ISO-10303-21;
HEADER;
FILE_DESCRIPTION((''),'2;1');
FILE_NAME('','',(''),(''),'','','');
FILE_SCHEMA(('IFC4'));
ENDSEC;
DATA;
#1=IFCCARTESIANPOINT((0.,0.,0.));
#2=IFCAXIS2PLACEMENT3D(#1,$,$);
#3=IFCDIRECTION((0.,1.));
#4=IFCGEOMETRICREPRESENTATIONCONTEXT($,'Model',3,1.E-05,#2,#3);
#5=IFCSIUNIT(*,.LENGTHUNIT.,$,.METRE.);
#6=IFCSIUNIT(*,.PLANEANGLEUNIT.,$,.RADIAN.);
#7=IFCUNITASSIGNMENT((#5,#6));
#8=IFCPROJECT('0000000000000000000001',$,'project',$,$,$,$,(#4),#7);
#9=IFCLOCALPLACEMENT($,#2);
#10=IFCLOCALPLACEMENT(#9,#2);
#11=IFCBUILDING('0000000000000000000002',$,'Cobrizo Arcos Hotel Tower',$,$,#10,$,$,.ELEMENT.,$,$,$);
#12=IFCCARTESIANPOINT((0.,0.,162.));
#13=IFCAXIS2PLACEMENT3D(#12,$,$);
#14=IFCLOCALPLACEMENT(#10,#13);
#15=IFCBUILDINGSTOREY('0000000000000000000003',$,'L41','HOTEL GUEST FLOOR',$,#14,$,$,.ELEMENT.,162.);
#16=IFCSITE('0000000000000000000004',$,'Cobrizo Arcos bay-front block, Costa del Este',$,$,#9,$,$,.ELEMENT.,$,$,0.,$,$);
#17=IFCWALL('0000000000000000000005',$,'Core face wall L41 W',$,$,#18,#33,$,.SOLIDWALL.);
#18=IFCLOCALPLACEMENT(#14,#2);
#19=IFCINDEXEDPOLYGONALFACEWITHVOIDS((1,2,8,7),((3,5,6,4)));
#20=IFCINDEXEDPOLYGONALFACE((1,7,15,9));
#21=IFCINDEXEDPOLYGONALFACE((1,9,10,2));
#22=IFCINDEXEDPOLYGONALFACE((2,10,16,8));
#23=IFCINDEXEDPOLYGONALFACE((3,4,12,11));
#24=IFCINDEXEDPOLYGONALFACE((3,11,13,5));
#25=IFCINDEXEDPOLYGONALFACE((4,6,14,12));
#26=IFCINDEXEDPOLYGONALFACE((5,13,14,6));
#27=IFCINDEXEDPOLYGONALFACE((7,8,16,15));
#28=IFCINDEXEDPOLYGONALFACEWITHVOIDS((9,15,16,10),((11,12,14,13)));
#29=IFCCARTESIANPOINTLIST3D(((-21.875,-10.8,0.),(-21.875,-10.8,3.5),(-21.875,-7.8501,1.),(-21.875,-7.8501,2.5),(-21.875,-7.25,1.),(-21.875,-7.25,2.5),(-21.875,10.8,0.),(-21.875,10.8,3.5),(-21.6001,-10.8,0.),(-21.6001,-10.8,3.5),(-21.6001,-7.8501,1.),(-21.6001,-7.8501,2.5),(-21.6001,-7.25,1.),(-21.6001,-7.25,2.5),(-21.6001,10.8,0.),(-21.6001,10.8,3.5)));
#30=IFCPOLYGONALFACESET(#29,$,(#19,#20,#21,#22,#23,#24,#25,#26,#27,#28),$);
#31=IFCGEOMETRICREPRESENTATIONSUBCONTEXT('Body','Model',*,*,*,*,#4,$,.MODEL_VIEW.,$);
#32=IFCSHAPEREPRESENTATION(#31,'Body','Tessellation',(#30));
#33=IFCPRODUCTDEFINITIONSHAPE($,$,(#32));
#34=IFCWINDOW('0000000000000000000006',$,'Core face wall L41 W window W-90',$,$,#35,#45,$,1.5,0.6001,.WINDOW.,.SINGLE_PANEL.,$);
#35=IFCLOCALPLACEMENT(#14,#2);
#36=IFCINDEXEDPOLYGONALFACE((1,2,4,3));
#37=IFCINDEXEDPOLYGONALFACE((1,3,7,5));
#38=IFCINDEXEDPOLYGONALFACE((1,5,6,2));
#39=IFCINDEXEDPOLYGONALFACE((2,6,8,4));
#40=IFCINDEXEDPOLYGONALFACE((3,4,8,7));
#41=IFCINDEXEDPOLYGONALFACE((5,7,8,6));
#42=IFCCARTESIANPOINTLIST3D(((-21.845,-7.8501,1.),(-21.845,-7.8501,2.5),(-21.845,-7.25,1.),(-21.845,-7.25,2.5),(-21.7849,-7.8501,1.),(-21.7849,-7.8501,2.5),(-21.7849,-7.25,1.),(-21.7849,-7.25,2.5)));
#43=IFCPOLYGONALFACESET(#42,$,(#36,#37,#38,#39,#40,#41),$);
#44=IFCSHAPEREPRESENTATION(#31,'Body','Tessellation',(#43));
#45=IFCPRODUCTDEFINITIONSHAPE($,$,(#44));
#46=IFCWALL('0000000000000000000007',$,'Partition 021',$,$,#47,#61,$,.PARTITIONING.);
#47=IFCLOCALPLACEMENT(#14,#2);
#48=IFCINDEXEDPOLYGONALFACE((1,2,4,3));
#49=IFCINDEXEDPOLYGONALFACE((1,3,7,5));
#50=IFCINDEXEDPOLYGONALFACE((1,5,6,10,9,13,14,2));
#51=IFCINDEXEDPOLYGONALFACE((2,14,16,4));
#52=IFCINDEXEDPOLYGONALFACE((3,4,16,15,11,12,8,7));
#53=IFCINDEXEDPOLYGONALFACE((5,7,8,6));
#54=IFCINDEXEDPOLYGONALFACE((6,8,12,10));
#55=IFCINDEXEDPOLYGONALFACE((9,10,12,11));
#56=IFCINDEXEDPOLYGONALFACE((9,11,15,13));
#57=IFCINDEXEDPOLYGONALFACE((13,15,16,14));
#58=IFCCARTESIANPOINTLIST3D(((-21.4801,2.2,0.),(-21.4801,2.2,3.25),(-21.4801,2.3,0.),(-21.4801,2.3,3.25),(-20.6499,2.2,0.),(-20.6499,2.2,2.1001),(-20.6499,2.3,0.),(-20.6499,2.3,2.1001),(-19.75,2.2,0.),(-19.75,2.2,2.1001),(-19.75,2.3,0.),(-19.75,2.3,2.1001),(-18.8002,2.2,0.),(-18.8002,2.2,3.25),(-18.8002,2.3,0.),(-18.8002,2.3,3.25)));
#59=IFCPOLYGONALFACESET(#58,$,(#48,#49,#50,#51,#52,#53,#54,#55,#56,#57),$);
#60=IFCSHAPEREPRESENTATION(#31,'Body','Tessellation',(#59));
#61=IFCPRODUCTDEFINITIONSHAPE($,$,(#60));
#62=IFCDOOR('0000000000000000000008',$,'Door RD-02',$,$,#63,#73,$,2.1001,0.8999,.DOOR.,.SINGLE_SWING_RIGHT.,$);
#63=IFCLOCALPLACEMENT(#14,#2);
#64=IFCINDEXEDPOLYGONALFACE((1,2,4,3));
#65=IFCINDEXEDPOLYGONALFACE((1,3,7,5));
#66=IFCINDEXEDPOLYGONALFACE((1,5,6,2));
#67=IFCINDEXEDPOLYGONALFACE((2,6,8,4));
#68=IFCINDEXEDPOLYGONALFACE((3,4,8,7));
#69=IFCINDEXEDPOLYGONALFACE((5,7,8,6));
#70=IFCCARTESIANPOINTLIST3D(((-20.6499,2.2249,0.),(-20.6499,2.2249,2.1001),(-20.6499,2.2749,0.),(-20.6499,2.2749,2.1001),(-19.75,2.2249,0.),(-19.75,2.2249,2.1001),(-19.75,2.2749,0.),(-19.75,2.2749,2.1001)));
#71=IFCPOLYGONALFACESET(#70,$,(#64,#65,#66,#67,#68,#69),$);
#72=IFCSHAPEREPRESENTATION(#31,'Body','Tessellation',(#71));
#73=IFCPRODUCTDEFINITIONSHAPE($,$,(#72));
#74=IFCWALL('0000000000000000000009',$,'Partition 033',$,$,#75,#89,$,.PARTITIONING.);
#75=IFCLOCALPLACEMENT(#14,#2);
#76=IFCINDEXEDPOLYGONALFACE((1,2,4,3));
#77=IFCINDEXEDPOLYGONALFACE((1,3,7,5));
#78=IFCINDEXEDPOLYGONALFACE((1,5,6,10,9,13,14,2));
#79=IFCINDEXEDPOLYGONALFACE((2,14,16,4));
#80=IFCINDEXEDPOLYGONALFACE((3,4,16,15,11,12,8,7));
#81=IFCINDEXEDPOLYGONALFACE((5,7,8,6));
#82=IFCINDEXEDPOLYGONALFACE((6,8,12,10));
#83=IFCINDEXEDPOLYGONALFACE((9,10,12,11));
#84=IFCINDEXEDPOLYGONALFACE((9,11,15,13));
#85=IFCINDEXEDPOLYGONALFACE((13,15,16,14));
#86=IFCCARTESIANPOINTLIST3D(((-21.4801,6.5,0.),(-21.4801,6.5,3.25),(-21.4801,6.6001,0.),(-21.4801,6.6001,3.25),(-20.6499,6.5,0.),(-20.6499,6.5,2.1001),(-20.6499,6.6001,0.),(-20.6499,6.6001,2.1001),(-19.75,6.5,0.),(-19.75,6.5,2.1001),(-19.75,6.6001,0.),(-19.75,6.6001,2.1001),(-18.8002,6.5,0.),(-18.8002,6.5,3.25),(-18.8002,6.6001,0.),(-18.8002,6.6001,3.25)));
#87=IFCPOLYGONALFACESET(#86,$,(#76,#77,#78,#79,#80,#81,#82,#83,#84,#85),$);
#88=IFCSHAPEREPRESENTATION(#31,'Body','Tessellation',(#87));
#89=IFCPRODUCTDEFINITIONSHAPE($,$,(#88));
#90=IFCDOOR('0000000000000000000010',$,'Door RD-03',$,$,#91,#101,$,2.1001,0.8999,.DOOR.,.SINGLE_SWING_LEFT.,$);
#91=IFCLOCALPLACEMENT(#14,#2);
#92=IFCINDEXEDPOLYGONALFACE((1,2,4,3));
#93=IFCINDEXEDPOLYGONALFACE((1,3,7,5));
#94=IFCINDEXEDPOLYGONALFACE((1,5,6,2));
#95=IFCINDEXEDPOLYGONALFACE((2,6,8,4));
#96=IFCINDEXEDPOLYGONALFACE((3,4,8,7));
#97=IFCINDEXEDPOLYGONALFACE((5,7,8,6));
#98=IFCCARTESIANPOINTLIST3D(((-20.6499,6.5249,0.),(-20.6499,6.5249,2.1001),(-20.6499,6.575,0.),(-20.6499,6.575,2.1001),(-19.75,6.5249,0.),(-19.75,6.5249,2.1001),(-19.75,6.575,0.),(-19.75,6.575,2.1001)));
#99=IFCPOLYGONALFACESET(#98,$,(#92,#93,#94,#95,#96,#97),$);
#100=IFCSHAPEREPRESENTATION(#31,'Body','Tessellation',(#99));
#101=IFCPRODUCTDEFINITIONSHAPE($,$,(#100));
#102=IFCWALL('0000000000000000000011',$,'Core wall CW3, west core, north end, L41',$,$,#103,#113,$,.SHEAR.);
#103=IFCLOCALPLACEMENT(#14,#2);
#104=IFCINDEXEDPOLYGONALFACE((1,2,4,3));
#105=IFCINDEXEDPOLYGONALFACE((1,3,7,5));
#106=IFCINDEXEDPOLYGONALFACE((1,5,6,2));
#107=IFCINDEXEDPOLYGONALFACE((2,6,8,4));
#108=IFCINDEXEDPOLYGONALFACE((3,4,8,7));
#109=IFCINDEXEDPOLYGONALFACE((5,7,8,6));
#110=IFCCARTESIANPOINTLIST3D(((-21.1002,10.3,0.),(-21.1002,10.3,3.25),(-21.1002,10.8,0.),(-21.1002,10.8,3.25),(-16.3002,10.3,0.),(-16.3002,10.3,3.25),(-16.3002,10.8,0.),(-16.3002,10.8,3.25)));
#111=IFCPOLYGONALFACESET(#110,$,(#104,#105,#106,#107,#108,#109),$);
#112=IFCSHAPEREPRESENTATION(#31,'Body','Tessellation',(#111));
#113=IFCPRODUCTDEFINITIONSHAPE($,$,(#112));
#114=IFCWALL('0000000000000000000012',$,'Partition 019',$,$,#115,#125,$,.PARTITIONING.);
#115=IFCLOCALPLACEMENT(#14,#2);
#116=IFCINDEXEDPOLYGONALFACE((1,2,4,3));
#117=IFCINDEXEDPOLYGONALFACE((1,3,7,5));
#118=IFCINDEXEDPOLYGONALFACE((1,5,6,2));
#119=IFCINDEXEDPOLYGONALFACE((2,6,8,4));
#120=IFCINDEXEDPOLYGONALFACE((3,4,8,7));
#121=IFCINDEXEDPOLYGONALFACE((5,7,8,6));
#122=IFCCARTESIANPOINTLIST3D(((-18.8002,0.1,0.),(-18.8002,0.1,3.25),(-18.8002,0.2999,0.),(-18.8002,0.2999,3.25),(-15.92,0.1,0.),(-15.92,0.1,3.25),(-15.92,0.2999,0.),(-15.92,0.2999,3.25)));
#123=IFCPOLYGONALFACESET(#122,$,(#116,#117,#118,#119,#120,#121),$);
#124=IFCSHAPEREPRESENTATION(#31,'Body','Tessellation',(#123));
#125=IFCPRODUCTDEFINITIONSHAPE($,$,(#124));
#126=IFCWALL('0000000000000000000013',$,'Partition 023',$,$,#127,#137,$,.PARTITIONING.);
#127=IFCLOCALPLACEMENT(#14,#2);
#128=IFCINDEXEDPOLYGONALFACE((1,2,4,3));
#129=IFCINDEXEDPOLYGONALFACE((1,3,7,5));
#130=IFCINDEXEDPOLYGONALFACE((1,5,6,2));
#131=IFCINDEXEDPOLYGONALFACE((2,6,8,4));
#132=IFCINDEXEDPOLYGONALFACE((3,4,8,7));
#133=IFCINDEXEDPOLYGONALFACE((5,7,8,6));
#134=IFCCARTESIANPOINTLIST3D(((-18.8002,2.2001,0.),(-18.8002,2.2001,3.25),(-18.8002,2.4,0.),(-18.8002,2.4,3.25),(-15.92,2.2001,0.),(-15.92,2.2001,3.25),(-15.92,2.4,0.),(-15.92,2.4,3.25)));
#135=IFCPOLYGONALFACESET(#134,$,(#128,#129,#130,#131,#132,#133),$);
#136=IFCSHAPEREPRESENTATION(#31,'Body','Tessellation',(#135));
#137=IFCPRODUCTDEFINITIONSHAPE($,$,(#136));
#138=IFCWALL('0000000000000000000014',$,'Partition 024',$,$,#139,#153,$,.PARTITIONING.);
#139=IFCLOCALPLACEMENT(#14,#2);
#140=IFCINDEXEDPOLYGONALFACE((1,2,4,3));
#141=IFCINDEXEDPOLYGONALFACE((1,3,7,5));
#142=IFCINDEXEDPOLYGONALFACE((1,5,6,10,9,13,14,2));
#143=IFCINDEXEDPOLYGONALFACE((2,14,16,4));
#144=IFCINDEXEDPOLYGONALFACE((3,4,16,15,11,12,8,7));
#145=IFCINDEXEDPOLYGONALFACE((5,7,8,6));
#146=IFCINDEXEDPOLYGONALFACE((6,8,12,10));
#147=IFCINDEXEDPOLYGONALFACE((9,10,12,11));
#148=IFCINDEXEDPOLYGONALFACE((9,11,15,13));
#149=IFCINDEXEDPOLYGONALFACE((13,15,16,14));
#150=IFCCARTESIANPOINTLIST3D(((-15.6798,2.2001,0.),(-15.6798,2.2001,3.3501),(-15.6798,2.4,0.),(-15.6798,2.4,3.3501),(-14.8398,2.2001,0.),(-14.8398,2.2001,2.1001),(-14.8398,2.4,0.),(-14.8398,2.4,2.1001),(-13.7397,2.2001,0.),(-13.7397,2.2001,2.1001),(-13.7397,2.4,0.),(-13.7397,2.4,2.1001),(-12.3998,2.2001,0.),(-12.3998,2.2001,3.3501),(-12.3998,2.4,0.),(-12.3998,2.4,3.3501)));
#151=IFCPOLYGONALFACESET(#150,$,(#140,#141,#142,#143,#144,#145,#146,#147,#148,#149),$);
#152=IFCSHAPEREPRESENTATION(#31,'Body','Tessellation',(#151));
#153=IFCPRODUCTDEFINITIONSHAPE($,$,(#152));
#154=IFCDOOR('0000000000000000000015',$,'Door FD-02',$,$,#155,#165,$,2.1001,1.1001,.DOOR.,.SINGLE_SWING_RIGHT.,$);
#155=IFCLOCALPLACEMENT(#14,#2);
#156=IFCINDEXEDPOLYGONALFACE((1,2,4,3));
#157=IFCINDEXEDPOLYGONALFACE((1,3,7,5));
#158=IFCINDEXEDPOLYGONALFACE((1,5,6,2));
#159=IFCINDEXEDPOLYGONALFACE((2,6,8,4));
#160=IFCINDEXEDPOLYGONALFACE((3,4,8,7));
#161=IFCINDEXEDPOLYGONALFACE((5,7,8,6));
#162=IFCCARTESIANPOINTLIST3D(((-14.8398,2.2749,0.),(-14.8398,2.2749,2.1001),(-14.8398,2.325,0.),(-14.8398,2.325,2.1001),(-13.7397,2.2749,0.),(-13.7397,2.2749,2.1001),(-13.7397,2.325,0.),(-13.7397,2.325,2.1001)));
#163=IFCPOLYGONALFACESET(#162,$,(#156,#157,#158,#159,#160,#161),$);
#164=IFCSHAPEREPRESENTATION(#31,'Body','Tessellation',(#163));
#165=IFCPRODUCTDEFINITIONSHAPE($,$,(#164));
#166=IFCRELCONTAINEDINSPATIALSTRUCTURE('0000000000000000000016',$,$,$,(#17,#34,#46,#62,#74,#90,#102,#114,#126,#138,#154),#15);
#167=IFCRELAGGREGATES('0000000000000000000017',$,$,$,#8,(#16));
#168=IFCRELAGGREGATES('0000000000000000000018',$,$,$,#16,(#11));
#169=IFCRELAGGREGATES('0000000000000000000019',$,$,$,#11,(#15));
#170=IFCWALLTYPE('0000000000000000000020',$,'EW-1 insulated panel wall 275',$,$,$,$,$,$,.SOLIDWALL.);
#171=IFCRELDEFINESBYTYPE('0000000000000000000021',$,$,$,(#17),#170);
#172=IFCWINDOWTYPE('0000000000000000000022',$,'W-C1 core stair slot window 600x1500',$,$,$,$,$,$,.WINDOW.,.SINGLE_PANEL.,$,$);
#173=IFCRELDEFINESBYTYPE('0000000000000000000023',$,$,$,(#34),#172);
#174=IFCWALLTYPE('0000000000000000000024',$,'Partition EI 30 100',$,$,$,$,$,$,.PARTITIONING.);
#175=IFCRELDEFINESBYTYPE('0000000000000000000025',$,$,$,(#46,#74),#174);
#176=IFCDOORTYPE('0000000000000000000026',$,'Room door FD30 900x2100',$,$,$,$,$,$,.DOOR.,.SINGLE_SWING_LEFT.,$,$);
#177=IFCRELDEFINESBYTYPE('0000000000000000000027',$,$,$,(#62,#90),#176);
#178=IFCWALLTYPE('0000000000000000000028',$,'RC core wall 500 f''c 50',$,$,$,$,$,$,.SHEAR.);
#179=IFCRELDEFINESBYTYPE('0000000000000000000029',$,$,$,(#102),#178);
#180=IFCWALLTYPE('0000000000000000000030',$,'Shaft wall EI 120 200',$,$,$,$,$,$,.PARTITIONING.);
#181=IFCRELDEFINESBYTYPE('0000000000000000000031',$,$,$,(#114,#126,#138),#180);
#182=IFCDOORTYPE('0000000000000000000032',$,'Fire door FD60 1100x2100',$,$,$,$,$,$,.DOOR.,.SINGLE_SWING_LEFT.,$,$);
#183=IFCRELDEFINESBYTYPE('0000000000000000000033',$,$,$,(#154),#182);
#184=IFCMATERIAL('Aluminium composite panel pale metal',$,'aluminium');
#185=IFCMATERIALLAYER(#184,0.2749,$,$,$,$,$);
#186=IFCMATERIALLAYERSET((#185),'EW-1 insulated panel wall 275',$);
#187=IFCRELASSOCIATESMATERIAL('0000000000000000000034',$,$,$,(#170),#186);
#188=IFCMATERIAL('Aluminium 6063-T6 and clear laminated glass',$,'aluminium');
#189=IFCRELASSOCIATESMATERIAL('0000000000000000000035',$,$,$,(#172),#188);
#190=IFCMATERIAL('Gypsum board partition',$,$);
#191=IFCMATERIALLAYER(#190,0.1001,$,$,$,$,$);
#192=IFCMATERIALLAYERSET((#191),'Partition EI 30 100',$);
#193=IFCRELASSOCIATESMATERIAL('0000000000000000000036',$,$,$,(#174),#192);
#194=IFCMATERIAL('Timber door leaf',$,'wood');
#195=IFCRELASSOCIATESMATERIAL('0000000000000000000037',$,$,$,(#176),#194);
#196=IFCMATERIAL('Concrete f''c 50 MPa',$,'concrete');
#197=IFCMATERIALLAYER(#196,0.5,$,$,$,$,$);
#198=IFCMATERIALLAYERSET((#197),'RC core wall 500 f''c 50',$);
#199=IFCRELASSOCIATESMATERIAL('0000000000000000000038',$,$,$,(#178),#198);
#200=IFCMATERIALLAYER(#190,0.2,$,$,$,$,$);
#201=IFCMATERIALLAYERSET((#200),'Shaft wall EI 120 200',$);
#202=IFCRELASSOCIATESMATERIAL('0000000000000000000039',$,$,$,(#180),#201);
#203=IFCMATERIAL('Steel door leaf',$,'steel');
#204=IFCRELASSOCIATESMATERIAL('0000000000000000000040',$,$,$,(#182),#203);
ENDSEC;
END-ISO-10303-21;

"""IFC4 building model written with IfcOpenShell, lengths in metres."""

from ifc_helpers import new_model, si_unit, direction, frame, frame_2d, origin, place, context, subcontext, project, spatial, rectangle, extrude, material, layer, layer_set, type_object, element, fill, save


model = new_model("IFC4")

# Units and contexts
model_context = context("Model", 3, precision=1e-05, world=origin(), true_north=direction((0.0, 1.0)))
body_context = subcontext(model_context, "Body", "Model", "MODEL_VIEW")
ifc_project = project(units=[si_unit("LENGTHUNIT", "METRE"), si_unit("PLANEANGLEUNIT", "RADIAN")], contexts=[model_context])

# Site, building, storey
site_placement = place(None, origin())
site = spatial("IfcSite", under=ifc_project, at=site_placement, Name="Cobrizo Arcos bay-front block, Costa del Este", CompositionType="ELEMENT", RefElevation=0.0)
building_placement = place(site_placement, origin())
building = spatial("IfcBuilding", under=site, at=building_placement, Name="Cobrizo Arcos Hotel Tower", CompositionType="ELEMENT")
storey_placement = place(building_placement, frame((0.0, 0.0, 162.0)))
storey = spatial("IfcBuildingStorey", under=building, at=storey_placement, Name="L41", Description="HOTEL GUEST FLOOR", CompositionType="ELEMENT", Elevation=162.0)

# Shared definitions
ifc_material_1 = material(Name="Aluminium composite panel pale metal", Category="aluminium")

# Shared definitions
ifc_material_2 = material(Name="Gypsum board partition")
ifc_material_3 = material(Name="Timber door leaf", Category="wood")

# Wall, opening, window
ifc_layer_1 = layer(ifc_material_1, 0.2749)
ifc_layer_set_1 = layer_set([ifc_layer_1], Name="EW-1 insulated panel wall 275")
wall_type_1 = type_object("IfcWallType", Name="EW-1 insulated panel wall 275", PredefinedType="SOLIDWALL", material=ifc_layer_set_1)
wall_1_placement = place(storey_placement, frame((-21.7375, 10.8, 0.0), z_axis=(0.0, 0.0, 1.0), x_axis=(0.0, -1.0, 0.0)))
wall_1 = element("IfcWall", 1, at=wall_1_placement, inside=storey, type_object=wall_type_1, Name="Core face wall L41 W", PredefinedType="SOLIDWALL", context=body_context, shape_type="SweptSolid", body=[
    extrude(rectangle(XDim=21.6001, YDim=0.2749, at=frame_2d((10.8, 0.0))), origin(), (0.0, 0.0, 1.0), 3.5),
])
opening_1_placement = place(wall_1_placement, frame((18.05, 0.0, 1.0)))
opening_1 = element("IfcOpeningElement", 2, at=opening_1_placement, cuts=wall_1, PredefinedType="OPENING", context=body_context, shape_type="SweptSolid", body=[
    extrude(rectangle(XDim=0.6001, YDim=1.5, at=frame_2d((0.3, 0.75))), frame((0.0, 0.1494, 0.0), z_axis=(0.0, -1.0, 0.0), x_axis=(1.0, 0.0, 0.0)), (0.0, 0.0, 1.0), 0.2988),
])
ifc_material_4 = material(Name="Aluminium 6063-T6 and clear laminated glass", Category="aluminium")
window_type = type_object("IfcWindowType", Name="W-C1 core stair slot window 600x1500", PartitioningType="SINGLE_PANEL", PredefinedType="WINDOW", material=ifc_material_4)
window_placement = place(opening_1_placement, origin())
window = element("IfcWindow", 3, at=window_placement, inside=storey, type_object=window_type, Name="Core face wall L41 W window W-90", OverallHeight=1.5, OverallWidth=0.6001, PartitioningType="SINGLE_PANEL", PredefinedType="WINDOW", context=body_context, shape_type="SweptSolid", body=[
    extrude(rectangle(XDim=0.6001, YDim=1.5, at=frame_2d((0.3, 0.75))), frame((0.0, -0.0474, 0.0), z_axis=(0.0, -1.0, 0.0), x_axis=(1.0, 0.0, 0.0)), (0.0, 0.0, 1.0), 0.0601),
])
fill(opening_1, window)

# Walls, openings, doors
ifc_layer_2 = layer(ifc_material_2, 0.1001)
ifc_layer_set_2 = layer_set([ifc_layer_2], Name="Partition EI 30 100")
wall_type_2 = type_object("IfcWallType", Name="Partition EI 30 100", PredefinedType="PARTITIONING", material=ifc_layer_set_2)
wall_2_placement = place(storey_placement, frame((-21.48, 2.25, 0.0), z_axis=(0.0, 0.0, 1.0), x_axis=(1.0, 0.0, 0.0)))
wall_2 = element("IfcWall", 4, at=wall_2_placement, inside=storey, type_object=wall_type_2, Name="Partition 021", PredefinedType="PARTITIONING", context=body_context, shape_type="SweptSolid", body=[
    extrude(rectangle(XDim=2.6799, YDim=0.1001, at=frame_2d((1.3398, 0.0))), origin(), (0.0, 0.0, 1.0), 3.25),
])
opening_2_placement = place(wall_2_placement, frame((0.8301, 0.0, 0.0)))
opening_2 = element("IfcOpeningElement", 5, at=opening_2_placement, cuts=wall_2, PredefinedType="OPENING", context=body_context, shape_type="SweptSolid", body=[
    extrude(rectangle(XDim=0.8999, YDim=2.1001, at=frame_2d((0.45, 1.05))), frame((0.0, 0.062, 0.0), z_axis=(0.0, -1.0, 0.0), x_axis=(1.0, 0.0, 0.0)), (0.0, 0.0, 1.0), 0.124),
])
door_type_1 = type_object("IfcDoorType", Name="Room door FD30 900x2100", OperationType="SINGLE_SWING_LEFT", PredefinedType="DOOR", material=ifc_material_3)
door_1_placement = place(opening_2_placement, origin())
door_1 = element("IfcDoor", 6, at=door_1_placement, inside=storey, type_object=door_type_1, Name="Door RD-02", OperationType="SINGLE_SWING_RIGHT", OverallHeight=2.1001, OverallWidth=0.8999, PredefinedType="DOOR", context=body_context, shape_type="SweptSolid", body=[
    extrude(rectangle(XDim=0.8999, YDim=2.1001, at=frame_2d((0.45, 1.05))), frame((0.0, 0.0249, 0.0), z_axis=(0.0, -1.0, 0.0), x_axis=(1.0, 0.0, 0.0)), (0.0, 0.0, 1.0), 0.05),
])
fill(opening_2, door_1)
wall_3_placement = place(storey_placement, frame((-21.48, 6.55, 0.0), z_axis=(0.0, 0.0, 1.0), x_axis=(1.0, 0.0, 0.0)))
wall_3 = element("IfcWall", 7, at=wall_3_placement, inside=storey, type_object=wall_type_2, Name="Partition 033", PredefinedType="PARTITIONING", context=body_context, shape_type="SweptSolid", body=[
    extrude(rectangle(XDim=2.6799, YDim=0.1001, at=frame_2d((1.3398, 0.0))), origin(), (0.0, 0.0, 1.0), 3.25),
])
opening_3_placement = place(wall_3_placement, frame((0.8301, 0.0, 0.0)))
opening_3 = element("IfcOpeningElement", 8, at=opening_3_placement, cuts=wall_3, PredefinedType="OPENING", context=body_context, shape_type="SweptSolid", body=[
    extrude(rectangle(XDim=0.8999, YDim=2.1001, at=frame_2d((0.45, 1.05))), frame((0.0, 0.062, 0.0), z_axis=(0.0, -1.0, 0.0), x_axis=(1.0, 0.0, 0.0)), (0.0, 0.0, 1.0), 0.124),
])
door_2_placement = place(opening_3_placement, origin())
door_2 = element("IfcDoor", 9, at=door_2_placement, inside=storey, type_object=door_type_1, Name="Door RD-03", OperationType="SINGLE_SWING_LEFT", OverallHeight=2.1001, OverallWidth=0.8999, PredefinedType="DOOR", context=body_context, shape_type="SweptSolid", body=[
    extrude(rectangle(XDim=0.8999, YDim=2.1001, at=frame_2d((0.45, 1.05))), frame((0.0, 0.0249, 0.0), z_axis=(0.0, -1.0, 0.0), x_axis=(1.0, 0.0, 0.0)), (0.0, 0.0, 1.0), 0.05),
])
fill(opening_3, door_2)

# Walls
ifc_material_5 = material(Name="Concrete f'c 50 MPa", Category="concrete")
ifc_layer_3 = layer(ifc_material_5, 0.5)
ifc_layer_set_3 = layer_set([ifc_layer_3], Name="RC core wall 500 f'c 50")
wall_type_3 = type_object("IfcWallType", Name="RC core wall 500 f'c 50", PredefinedType="SHEAR", material=ifc_layer_set_3)
wall_4_placement = place(storey_placement, frame((-21.1001, 10.55, 0.0), z_axis=(0.0, 0.0, 1.0), x_axis=(1.0, 0.0, 0.0)))
element("IfcWall", 10, at=wall_4_placement, inside=storey, type_object=wall_type_3, Name="Core wall CW3, west core, north end, L41", PredefinedType="SHEAR", context=body_context, shape_type="SweptSolid", body=[
    extrude(rectangle(XDim=4.8, YDim=0.5, at=frame_2d((2.3999, 0.0))), origin(), (0.0, 0.0, 1.0), 3.25),
])
ifc_layer_4 = layer(ifc_material_2, 0.2)
ifc_layer_set_4 = layer_set([ifc_layer_4], Name="Shaft wall EI 120 200")
wall_type_4 = type_object("IfcWallType", Name="Shaft wall EI 120 200", PredefinedType="PARTITIONING", material=ifc_layer_set_4)
for number, where, z_axis, x_axis, name in (
    (11, (-18.8, 0.2, 0.0), (0.0, 0.0, 1.0), (1.0, 0.0, 0.0), "Partition 019"),
    (12, (-18.8, 2.3, 0.0), (0.0, 0.0, 1.0), (1.0, 0.0, 0.0), "Partition 023"),
):
    element("IfcWall", number, at=place(storey_placement, frame(where, z_axis=z_axis, x_axis=x_axis)), inside=storey, type_object=wall_type_4, Name=name, PredefinedType="PARTITIONING", context=body_context, shape_type="SweptSolid", body=[
        extrude(rectangle(XDim=2.8801, YDim=0.2, at=frame_2d((1.4399, 0.0))), origin(), (0.0, 0.0, 1.0), 3.25),
    ])

# Wall, opening, door
wall_5_placement = place(storey_placement, frame((-15.6799, 2.3, 0.0), z_axis=(0.0, 0.0, 1.0), x_axis=(1.0, 0.0, 0.0)))
wall_5 = element("IfcWall", 13, at=wall_5_placement, inside=storey, type_object=wall_type_4, Name="Partition 024", PredefinedType="PARTITIONING", context=body_context, shape_type="SweptSolid", body=[
    extrude(rectangle(XDim=3.28, YDim=0.2, at=frame_2d((1.6401, 0.0))), origin(), (0.0, 0.0, 1.0), 3.3501),
])
opening_4_placement = place(wall_5_placement, frame((0.8401, 0.0, 0.0)))
opening_4 = element("IfcOpeningElement", 14, at=opening_4_placement, cuts=wall_5, PredefinedType="OPENING", context=body_context, shape_type="SweptSolid", body=[
    extrude(rectangle(XDim=1.1001, YDim=2.1001, at=frame_2d((0.55, 1.05))), frame((0.0, 0.1121, 0.0), z_axis=(0.0, -1.0, 0.0), x_axis=(1.0, 0.0, 0.0)), (0.0, 0.0, 1.0), 0.2239),
])
ifc_material_6 = material(Name="Steel door leaf", Category="steel")
door_type_2 = type_object("IfcDoorType", Name="Fire door FD60 1100x2100", OperationType="SINGLE_SWING_LEFT", PredefinedType="DOOR", material=ifc_material_6)
door_3_placement = place(opening_4_placement, origin())
door_3 = element("IfcDoor", 15, at=door_3_placement, inside=storey, type_object=door_type_2, Name="Door FD-02", OperationType="SINGLE_SWING_RIGHT", OverallHeight=2.1001, OverallWidth=1.1001, PredefinedType="DOOR", context=body_context, shape_type="SweptSolid", body=[
    extrude(rectangle(XDim=1.1001, YDim=2.1001, at=frame_2d((0.55, 1.05))), frame((0.0, 0.0249, 0.0), z_axis=(0.0, -1.0, 0.0), x_axis=(1.0, 0.0, 0.0)), (0.0, 0.0, 1.0), 0.05),
])
fill(opening_4, door_3)

save(model, "model.ifc")
